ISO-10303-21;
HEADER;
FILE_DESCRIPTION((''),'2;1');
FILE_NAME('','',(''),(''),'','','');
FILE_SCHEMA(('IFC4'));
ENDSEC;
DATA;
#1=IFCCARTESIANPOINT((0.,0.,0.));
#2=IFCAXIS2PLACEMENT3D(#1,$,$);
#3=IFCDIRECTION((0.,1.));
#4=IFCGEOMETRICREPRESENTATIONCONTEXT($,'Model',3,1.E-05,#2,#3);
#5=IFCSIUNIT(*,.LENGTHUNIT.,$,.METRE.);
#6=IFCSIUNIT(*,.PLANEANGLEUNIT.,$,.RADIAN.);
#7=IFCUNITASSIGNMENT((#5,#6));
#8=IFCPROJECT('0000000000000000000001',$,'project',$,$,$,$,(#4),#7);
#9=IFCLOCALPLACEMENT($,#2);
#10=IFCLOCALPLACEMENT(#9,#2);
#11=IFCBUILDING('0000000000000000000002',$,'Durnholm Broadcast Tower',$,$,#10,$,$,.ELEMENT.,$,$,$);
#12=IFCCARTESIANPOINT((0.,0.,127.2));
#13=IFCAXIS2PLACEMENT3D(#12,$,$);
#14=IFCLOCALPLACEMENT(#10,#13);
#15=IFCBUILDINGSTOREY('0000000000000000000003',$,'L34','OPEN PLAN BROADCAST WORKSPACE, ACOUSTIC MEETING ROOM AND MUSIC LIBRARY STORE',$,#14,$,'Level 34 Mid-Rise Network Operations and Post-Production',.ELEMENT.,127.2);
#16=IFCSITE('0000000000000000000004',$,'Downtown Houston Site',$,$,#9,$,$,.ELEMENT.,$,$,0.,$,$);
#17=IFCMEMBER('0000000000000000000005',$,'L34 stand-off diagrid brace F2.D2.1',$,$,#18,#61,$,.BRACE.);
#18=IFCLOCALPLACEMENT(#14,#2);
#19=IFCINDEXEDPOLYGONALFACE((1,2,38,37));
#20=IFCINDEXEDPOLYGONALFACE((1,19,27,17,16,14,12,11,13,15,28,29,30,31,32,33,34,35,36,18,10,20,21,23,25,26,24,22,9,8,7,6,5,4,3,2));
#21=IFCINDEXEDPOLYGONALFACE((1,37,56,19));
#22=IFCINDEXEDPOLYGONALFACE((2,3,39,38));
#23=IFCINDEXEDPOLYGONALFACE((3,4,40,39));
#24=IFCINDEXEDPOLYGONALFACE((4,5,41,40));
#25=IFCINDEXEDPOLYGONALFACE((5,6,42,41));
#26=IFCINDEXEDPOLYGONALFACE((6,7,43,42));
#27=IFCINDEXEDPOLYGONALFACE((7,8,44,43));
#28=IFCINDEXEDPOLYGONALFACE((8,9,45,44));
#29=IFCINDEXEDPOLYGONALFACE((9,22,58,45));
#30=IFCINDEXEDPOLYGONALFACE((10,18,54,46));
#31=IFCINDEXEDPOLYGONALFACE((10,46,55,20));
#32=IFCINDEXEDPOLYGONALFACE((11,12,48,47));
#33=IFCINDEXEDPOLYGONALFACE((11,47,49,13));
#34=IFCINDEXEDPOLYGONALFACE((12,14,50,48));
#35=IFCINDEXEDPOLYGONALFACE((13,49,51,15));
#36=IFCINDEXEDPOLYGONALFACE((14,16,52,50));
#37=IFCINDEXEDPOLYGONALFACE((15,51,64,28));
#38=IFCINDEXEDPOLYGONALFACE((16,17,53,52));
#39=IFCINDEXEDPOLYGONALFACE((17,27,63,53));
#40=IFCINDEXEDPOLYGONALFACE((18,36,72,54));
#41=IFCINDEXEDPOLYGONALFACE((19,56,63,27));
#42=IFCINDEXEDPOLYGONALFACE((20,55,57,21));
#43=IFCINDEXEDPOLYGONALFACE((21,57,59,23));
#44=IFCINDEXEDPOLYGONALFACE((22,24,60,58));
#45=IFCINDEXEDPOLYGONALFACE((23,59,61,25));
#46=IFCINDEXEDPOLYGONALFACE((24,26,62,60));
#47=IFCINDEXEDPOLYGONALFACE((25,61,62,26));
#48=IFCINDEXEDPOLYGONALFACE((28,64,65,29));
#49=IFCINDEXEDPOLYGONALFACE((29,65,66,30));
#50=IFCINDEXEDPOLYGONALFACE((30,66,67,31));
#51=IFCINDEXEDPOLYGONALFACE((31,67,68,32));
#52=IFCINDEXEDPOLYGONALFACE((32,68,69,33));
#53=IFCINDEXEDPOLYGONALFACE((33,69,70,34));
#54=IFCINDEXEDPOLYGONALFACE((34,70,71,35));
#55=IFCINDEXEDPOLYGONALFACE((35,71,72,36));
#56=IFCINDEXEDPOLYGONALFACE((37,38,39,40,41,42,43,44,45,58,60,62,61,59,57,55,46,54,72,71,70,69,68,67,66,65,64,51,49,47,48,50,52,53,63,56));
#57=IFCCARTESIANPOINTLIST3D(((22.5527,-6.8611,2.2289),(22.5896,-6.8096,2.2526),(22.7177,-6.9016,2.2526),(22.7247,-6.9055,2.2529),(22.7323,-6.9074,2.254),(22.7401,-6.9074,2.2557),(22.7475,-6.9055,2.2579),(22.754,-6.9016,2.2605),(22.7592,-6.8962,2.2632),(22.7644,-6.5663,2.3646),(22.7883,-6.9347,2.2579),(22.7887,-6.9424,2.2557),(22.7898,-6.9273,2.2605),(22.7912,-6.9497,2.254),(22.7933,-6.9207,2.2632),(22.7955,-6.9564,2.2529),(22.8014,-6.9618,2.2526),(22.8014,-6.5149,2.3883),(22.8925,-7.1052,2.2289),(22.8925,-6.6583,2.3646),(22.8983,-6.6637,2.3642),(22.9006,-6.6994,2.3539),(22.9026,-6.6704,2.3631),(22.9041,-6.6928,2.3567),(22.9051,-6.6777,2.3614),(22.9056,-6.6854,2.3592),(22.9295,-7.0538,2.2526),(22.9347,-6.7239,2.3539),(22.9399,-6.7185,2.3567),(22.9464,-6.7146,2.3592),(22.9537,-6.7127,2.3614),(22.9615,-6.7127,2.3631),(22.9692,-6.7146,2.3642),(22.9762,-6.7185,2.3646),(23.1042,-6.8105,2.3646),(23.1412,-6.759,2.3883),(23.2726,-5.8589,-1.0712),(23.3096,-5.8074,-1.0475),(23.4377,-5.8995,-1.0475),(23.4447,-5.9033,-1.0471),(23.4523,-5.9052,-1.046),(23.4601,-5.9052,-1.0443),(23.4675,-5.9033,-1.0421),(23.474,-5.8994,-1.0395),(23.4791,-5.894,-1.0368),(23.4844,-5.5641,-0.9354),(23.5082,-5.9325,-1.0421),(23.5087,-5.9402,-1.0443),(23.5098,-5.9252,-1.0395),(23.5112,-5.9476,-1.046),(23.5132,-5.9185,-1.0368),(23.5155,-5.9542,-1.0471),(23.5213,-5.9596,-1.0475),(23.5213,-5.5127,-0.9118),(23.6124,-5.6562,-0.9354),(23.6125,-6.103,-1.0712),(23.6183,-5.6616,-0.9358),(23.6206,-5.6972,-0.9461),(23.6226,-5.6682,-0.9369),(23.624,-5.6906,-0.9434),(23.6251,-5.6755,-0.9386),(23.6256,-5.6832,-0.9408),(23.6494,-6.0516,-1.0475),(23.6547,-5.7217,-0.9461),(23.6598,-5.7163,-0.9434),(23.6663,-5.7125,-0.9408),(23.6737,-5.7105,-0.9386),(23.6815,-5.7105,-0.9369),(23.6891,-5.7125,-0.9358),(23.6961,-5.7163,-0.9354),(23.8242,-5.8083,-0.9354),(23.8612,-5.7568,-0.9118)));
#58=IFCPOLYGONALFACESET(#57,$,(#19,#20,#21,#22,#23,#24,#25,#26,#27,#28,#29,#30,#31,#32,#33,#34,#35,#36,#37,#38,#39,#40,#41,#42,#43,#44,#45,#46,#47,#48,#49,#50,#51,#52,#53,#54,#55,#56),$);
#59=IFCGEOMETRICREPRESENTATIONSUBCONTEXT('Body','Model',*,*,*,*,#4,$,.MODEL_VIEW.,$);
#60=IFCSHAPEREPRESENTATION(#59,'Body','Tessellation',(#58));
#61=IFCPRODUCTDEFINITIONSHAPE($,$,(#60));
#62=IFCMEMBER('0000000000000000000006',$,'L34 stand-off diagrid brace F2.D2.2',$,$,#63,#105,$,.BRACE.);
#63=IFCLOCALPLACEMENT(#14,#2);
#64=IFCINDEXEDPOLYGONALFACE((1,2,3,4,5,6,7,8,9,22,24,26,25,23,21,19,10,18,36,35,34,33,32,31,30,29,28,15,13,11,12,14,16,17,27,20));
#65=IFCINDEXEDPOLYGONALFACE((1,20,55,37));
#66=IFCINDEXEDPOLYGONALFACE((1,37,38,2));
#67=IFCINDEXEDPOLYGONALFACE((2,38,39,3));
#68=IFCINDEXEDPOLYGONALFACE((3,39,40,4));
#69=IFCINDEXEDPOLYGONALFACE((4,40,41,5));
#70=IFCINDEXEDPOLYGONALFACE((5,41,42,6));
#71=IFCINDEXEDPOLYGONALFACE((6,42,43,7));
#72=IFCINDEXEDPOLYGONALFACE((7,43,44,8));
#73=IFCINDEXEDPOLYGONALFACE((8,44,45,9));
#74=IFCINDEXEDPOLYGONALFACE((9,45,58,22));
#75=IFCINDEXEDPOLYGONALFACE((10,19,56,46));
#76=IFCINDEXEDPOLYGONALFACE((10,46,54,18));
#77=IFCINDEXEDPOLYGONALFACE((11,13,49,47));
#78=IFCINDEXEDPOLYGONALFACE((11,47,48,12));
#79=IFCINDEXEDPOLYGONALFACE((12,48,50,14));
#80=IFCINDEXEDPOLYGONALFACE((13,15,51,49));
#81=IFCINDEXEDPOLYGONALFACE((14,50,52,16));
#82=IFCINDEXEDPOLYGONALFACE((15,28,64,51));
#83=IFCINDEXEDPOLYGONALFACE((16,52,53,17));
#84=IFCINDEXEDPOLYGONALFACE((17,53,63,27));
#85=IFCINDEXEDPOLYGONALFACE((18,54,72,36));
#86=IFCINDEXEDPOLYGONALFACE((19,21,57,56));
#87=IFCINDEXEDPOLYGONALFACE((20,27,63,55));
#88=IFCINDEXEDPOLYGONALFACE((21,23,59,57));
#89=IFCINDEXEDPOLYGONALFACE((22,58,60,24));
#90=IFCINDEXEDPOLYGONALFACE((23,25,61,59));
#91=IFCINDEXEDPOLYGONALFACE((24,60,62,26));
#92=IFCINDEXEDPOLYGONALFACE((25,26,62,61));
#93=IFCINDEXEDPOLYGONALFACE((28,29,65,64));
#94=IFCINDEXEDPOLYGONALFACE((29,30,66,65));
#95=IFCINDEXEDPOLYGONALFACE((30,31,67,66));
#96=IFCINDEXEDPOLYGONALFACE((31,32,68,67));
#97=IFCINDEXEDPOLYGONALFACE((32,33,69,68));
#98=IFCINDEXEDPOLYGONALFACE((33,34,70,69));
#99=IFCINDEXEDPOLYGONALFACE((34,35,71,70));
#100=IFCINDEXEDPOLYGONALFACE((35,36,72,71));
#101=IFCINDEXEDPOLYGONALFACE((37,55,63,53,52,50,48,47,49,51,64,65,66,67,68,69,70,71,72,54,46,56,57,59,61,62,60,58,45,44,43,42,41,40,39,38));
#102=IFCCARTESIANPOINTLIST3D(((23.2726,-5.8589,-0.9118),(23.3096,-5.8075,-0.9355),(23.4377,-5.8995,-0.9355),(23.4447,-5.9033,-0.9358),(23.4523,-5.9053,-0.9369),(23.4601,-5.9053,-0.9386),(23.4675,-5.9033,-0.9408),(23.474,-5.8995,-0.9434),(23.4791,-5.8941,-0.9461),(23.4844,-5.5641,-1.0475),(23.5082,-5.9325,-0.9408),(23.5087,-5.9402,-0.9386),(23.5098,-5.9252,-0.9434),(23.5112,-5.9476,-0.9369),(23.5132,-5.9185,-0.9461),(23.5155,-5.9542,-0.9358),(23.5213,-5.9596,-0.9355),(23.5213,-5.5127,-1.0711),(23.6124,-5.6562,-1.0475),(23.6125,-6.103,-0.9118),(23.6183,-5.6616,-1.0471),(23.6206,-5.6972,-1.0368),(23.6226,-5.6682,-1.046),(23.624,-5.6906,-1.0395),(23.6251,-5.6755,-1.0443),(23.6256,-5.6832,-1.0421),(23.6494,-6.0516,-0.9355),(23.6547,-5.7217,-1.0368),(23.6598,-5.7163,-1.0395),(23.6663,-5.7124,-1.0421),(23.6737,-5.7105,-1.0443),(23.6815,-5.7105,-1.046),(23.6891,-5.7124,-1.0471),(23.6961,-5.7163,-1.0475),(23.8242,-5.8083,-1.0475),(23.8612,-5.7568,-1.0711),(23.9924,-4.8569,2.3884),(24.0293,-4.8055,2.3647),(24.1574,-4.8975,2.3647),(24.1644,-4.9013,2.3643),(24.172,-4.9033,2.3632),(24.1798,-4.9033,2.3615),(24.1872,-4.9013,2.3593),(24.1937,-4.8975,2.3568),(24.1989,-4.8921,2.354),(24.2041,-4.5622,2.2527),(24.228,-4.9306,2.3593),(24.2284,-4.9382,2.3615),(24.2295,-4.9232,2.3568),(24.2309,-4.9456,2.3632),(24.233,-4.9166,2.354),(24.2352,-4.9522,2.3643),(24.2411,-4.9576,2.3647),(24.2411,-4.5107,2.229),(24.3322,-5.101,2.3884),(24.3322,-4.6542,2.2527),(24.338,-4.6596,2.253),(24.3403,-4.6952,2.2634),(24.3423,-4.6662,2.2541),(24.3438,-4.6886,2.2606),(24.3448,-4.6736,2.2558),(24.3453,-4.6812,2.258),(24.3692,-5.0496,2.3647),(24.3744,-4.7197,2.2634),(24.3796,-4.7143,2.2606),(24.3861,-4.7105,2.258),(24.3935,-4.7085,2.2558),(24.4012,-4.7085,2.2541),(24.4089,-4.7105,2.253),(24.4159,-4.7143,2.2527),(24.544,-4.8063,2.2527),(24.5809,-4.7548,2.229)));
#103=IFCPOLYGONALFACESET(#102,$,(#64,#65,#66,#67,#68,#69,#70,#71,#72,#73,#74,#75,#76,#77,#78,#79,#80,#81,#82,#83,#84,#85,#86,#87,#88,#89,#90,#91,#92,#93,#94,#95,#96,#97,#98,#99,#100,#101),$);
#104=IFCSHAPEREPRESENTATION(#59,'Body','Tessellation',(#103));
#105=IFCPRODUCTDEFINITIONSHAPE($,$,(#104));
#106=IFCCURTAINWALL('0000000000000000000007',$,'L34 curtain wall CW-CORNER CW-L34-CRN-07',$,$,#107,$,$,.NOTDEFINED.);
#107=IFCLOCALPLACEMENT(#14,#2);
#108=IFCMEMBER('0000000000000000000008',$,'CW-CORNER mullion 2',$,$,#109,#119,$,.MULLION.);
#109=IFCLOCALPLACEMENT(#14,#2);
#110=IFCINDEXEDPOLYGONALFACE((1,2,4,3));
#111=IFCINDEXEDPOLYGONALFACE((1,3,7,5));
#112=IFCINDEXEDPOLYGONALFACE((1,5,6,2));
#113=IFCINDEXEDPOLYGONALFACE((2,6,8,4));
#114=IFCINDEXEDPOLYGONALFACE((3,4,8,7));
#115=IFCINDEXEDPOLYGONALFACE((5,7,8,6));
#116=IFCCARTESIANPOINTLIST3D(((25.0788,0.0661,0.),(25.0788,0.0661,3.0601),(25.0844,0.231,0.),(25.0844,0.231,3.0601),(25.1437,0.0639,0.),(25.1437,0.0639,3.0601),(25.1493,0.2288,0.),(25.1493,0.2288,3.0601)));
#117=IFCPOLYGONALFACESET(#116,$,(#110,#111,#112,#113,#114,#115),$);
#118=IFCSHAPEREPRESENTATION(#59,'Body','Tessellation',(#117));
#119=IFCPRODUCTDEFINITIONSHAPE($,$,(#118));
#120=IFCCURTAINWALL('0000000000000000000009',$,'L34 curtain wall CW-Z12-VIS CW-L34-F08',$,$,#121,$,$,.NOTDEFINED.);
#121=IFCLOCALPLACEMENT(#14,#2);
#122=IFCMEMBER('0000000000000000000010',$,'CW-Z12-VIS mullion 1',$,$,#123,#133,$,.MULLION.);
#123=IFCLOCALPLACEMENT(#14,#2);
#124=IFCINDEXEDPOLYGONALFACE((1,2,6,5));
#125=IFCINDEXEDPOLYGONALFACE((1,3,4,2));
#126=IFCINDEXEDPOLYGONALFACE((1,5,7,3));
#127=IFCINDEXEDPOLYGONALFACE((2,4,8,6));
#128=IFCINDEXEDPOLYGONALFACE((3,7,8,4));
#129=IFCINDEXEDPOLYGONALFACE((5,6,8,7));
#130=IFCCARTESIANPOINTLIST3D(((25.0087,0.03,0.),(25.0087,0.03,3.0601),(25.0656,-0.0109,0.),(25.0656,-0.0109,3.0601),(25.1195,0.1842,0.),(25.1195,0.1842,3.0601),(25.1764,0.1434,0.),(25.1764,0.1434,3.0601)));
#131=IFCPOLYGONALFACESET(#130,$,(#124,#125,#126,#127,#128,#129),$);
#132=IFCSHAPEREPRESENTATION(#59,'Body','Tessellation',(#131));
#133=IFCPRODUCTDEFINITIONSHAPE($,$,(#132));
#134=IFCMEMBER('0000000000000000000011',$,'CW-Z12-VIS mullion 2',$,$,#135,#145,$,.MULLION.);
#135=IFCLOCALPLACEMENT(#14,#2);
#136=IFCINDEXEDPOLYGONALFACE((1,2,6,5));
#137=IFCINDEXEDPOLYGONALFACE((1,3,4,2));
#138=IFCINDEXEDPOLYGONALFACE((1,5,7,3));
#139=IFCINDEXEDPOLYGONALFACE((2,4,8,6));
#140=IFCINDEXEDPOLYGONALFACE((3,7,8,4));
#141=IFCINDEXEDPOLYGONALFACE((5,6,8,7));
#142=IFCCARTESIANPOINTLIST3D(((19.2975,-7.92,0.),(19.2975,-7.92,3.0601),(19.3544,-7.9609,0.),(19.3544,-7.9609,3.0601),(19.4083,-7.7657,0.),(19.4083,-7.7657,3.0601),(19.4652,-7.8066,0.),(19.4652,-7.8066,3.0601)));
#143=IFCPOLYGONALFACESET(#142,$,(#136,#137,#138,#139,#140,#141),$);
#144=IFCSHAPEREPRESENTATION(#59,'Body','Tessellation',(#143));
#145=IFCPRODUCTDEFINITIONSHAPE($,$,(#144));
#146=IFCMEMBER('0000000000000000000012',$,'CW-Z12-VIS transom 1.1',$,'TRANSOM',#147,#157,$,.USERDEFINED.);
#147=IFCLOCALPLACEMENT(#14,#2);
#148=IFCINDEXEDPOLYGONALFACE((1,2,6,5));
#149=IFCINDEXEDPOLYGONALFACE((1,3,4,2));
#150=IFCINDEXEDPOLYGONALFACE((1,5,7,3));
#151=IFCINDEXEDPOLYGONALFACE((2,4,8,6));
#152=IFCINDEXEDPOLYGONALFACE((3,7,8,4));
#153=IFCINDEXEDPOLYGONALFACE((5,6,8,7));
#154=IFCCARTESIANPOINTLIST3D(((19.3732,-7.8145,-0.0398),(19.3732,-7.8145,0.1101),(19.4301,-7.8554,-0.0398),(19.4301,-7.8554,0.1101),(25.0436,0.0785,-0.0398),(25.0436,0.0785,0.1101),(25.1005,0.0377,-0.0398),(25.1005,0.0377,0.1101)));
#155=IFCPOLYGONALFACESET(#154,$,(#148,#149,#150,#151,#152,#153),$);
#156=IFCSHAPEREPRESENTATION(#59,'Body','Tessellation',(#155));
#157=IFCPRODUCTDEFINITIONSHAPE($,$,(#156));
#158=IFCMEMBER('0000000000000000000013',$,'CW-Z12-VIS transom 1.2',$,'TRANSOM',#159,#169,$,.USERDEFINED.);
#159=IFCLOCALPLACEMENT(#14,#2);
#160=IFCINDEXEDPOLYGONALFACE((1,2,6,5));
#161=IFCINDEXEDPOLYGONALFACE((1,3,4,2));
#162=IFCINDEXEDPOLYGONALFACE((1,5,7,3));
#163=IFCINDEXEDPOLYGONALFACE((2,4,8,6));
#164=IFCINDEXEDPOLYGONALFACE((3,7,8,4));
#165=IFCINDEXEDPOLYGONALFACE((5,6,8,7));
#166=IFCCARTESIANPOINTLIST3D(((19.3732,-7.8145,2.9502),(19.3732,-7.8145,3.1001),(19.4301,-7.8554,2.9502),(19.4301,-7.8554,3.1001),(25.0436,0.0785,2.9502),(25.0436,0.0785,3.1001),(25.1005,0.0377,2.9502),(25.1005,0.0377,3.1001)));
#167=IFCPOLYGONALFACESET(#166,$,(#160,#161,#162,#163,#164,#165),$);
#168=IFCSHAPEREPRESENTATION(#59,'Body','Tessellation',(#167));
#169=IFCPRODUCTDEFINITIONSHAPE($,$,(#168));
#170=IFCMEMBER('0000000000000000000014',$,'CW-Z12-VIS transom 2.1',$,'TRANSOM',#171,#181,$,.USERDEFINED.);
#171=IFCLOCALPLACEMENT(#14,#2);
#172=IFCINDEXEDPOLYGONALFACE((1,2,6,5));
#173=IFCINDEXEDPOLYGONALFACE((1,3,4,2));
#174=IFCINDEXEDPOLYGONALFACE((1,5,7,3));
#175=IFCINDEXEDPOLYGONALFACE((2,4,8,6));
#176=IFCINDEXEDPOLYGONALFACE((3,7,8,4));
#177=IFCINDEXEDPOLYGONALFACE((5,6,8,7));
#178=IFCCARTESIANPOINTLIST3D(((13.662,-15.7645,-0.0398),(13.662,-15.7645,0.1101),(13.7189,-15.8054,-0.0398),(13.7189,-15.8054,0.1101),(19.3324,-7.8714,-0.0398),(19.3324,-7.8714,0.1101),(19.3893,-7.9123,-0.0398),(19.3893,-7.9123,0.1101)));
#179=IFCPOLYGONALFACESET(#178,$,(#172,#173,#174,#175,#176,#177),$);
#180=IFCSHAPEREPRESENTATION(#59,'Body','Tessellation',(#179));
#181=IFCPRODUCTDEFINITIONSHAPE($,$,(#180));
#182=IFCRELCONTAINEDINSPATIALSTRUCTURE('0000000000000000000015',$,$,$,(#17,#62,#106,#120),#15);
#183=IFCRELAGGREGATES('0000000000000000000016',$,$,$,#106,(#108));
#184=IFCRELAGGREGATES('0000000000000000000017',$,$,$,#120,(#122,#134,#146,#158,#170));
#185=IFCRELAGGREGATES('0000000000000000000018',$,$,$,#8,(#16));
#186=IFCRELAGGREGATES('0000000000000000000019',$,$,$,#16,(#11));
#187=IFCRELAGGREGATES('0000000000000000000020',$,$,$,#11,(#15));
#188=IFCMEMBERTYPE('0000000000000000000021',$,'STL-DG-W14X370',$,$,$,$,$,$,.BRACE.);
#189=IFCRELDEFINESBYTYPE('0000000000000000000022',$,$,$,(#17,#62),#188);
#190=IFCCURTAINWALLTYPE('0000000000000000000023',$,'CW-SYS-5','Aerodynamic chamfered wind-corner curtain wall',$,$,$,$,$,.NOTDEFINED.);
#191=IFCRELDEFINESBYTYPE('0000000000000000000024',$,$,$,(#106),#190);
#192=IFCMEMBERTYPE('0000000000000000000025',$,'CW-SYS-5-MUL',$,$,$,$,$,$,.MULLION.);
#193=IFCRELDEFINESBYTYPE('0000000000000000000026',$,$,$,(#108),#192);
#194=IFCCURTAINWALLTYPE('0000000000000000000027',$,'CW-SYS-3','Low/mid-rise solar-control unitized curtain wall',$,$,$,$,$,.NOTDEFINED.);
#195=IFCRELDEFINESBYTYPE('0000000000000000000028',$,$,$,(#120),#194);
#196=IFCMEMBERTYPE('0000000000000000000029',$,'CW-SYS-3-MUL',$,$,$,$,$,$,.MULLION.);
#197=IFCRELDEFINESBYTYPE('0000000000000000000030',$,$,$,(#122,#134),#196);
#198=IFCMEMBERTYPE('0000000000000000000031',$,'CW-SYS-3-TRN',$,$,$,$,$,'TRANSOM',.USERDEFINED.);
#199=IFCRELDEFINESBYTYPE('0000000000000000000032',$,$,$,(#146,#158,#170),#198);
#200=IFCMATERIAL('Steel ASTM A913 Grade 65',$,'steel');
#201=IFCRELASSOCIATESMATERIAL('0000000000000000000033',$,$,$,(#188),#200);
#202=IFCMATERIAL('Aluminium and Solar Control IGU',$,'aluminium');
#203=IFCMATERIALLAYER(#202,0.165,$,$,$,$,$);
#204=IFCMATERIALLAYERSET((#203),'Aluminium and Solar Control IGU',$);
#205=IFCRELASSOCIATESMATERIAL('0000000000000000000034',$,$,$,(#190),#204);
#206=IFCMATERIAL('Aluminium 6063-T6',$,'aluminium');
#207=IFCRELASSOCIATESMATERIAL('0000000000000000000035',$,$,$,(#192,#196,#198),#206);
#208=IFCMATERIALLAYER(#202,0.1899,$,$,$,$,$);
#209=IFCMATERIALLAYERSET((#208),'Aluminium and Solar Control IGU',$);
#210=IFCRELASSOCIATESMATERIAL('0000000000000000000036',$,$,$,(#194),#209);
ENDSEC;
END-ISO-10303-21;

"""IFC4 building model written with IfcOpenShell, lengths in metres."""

from ifc_helpers import new_model, si_unit, direction, frame, origin, origin_2d, place, context, subcontext, project, spatial, rectangle, i_section, extrude, source, transform, mapped, material, layer, layer_set, material_profile, profile_set, type_object, type_shapes, element, aggregate, save


model = new_model("IFC4")

# Units and contexts
model_context = context("Model", 3, precision=1e-05, world=origin(), true_north=direction((0.0, 1.0)))
body_context = subcontext(model_context, "Body", "Model", "MODEL_VIEW")
ifc_project = project(units=[si_unit("LENGTHUNIT", "METRE"), si_unit("PLANEANGLEUNIT", "RADIAN")], contexts=[model_context])

# Site, building, storey
site_placement = place(None, origin())
site = spatial("IfcSite", under=ifc_project, at=site_placement, Name="Downtown Houston Site", CompositionType="ELEMENT", RefElevation=0.0)
building_placement = place(site_placement, origin())
building = spatial("IfcBuilding", under=site, at=building_placement, Name="Durnholm Broadcast Tower", CompositionType="ELEMENT")
storey_placement = place(building_placement, frame((0.0, 0.0, 127.2)))
storey = spatial("IfcBuildingStorey", under=building, at=storey_placement, Name="L34", Description="OPEN PLAN BROADCAST WORKSPACE, ACOUSTIC MEETING ROOM AND MUSIC LIBRARY STORE", LongName="Level 34 Mid-Rise Network Operations and Post-Production", CompositionType="ELEMENT", Elevation=127.2)

# Members
ifc_material_1 = material(Name="Steel ASTM A913 Grade 65", Category="steel")
ifc_material_profile_1 = material_profile(ifc_material_1, i_section(OverallWidth=0.4185, OverallDepth=0.4551, WebThickness=0.042, FlangeThickness=0.0676, FilletRadius=0.0305, at=origin_2d()), Name="W14X370")
ifc_profile_set_1 = profile_set([ifc_material_profile_1], Name="Steel ASTM A913 Grade 65")
member_type_1 = type_object("IfcMemberType", Name="STL-DG-W14X370", PredefinedType="BRACE", material=ifc_profile_set_1)
shared_shape_1 = source(origin(), body_context, "Body", "SweptSolid", [
    extrude(i_section(OverallWidth=0.4185, OverallDepth=0.4551, WebThickness=0.042, FlangeThickness=0.0676, FilletRadius=0.0305, at=origin_2d()), origin(), (0.0, 0.0, 1.0), 3.5232),
])
type_shapes(member_type_1, [shared_shape_1])
for number, where, z_axis, x_axis, name in (
    (1, (23.5669, -5.8079, -0.9915), (-0.20435, -0.284455, 0.936657), (0.812153, -0.583444, 0.0), "L34 stand-off diagrid brace F2.D2.1"),
    (2, (23.5669, -5.8079, -0.9915), (0.204288, 0.284395, 0.936689), (-0.812179, 0.583408, 0.0), "L34 stand-off diagrid brace F2.D2.2"),
):
    element("IfcMember", number, at=place(storey_placement, frame(where, z_axis=z_axis, x_axis=x_axis)), inside=storey, type_object=member_type_1, Name=name, PredefinedType="BRACE", context=body_context, shape_type="MappedRepresentation", body=[
        mapped(shared_shape_1, transform((0.0, 0.0, 0.0), x_axis=(1.0, 0.0, 0.0), y_axis=(0.0, 1.0, 0.0), z_axis=(0.0, 0.0, 1.0), scale=1.0)),
    ])

# Curtain wall, member
ifc_material_2 = material(Name="Aluminium and Solar Control IGU", Category="aluminium")
ifc_layer_1 = layer(ifc_material_2, 0.165)
ifc_layer_set_1 = layer_set([ifc_layer_1], Name="Aluminium and Solar Control IGU")
curtain_wall_type_1 = type_object("IfcCurtainWallType", Name="CW-SYS-5", Description="Aerodynamic chamfered wind-corner curtain wall", PredefinedType="NOTDEFINED", material=ifc_layer_set_1)
curtain_wall_1_placement = place(storey_placement, origin())
curtain_wall_1 = element("IfcCurtainWall", 3, at=curtain_wall_1_placement, inside=storey, type_object=curtain_wall_type_1, Name="L34 curtain wall CW-CORNER CW-L34-CRN-07", PredefinedType="NOTDEFINED")
ifc_material_3 = material(Name="Aluminium 6063-T6", Category="aluminium")
ifc_material_profile_2 = material_profile(ifc_material_3, rectangle(XDim=0.0649, YDim=0.165, at=origin_2d()), Name="CWM65X165")
ifc_profile_set_2 = profile_set([ifc_material_profile_2], Name="Aluminium 6063-T6")
member_type_2 = type_object("IfcMemberType", Name="CW-SYS-5-MUL", PredefinedType="MULLION", material=ifc_profile_set_2)
shared_shape_2 = source(origin(), body_context, "Body", "SweptSolid", [
    extrude(rectangle(XDim=0.0649, YDim=0.165, at=origin_2d()), origin(), (0.0, 0.0, 1.0), 3.0601),
])
type_shapes(member_type_2, [shared_shape_2])
member_1_placement = place(storey_placement, frame((25.114, 0.1475, 0.0), z_axis=(0.0, 0.0, 1.0), x_axis=(0.999425, -0.033917, 0.0)))
member_1 = element("IfcMember", 4, at=member_1_placement, type_object=member_type_2, Name="CW-CORNER mullion 2", PredefinedType="MULLION", context=body_context, shape_type="MappedRepresentation", body=[
    mapped(shared_shape_2, transform((0.0, 0.0, 0.0), x_axis=(1.0, 0.0, 0.0), y_axis=(0.0, 1.0, 0.0), z_axis=(0.0, 0.0, 1.0), scale=1.0)),
])
aggregate(curtain_wall_1, [member_1])

# Curtain wall, members
ifc_layer_2 = layer(ifc_material_2, 0.1899)
ifc_layer_set_2 = layer_set([ifc_layer_2], Name="Aluminium and Solar Control IGU")
curtain_wall_type_2 = type_object("IfcCurtainWallType", Name="CW-SYS-3", Description="Low/mid-rise solar-control unitized curtain wall", PredefinedType="NOTDEFINED", material=ifc_layer_set_2)
curtain_wall_2_placement = place(storey_placement, origin())
curtain_wall_2 = element("IfcCurtainWall", 5, at=curtain_wall_2_placement, inside=storey, type_object=curtain_wall_type_2, Name="L34 curtain wall CW-Z12-VIS CW-L34-F08", PredefinedType="NOTDEFINED")
ifc_material_profile_3 = material_profile(ifc_material_3, rectangle(XDim=0.0701, YDim=0.1899, at=origin_2d()), Name="CWM70X190")
ifc_profile_set_3 = profile_set([ifc_material_profile_3], Name="Aluminium 6063-T6")
member_type_3 = type_object("IfcMemberType", Name="CW-SYS-3-MUL", PredefinedType="MULLION", material=ifc_profile_set_3)
shared_shape_3 = source(origin(), body_context, "Body", "SweptSolid", [
    extrude(rectangle(XDim=0.0701, YDim=0.1899, at=origin_2d()), origin(), (0.0, 0.0, 1.0), 3.0601),
])
type_shapes(member_type_3, [shared_shape_3])
member_2_placement = place(storey_placement, frame((25.0925, 0.0867, 0.0), z_axis=(0.0, 0.0, 1.0), x_axis=(0.812152, -0.583445, 0.0)))
member_2 = element("IfcMember", 6, at=member_2_placement, type_object=member_type_3, Name="CW-Z12-VIS mullion 1", PredefinedType="MULLION", context=body_context, shape_type="MappedRepresentation", body=[
    mapped(shared_shape_3, transform((0.0, 0.0, 0.0), x_axis=(1.0, 0.0, 0.0), y_axis=(0.0, 1.0, 0.0), z_axis=(0.0, 0.0, 1.0), scale=1.0)),
])
member_3_placement = place(storey_placement, frame((19.3813, -7.8633, 0.0), z_axis=(0.0, 0.0, 1.0), x_axis=(0.812152, -0.583445, 0.0)))
member_3 = element("IfcMember", 7, at=member_3_placement, type_object=member_type_3, Name="CW-Z12-VIS mullion 2", PredefinedType="MULLION", context=body_context, shape_type="MappedRepresentation", body=[
    mapped(shared_shape_3, transform((0.0, 0.0, 0.0), x_axis=(1.0, 0.0, 0.0), y_axis=(0.0, 1.0, 0.0), z_axis=(0.0, 0.0, 1.0), scale=1.0)),
])
ifc_material_profile_4 = material_profile(ifc_material_3, rectangle(XDim=0.0701, YDim=0.1499, at=origin_2d()), Name="CWT70X150")
ifc_profile_set_4 = profile_set([ifc_material_profile_4], Name="Aluminium 6063-T6")
member_type_4 = type_object("IfcMemberType", Name="CW-SYS-3-TRN", ElementType="TRANSOM", PredefinedType="USERDEFINED", material=ifc_profile_set_4)
shared_shape_4 = source(origin(), body_context, "Body", "SweptSolid", [
    extrude(rectangle(XDim=0.0701, YDim=0.1499, at=origin_2d()), origin(), (0.0, 0.0, 1.0), 9.7188),
])
type_shapes(member_type_4, [shared_shape_4])
member_4_placement = place(storey_placement, frame((25.072, 0.0581, 0.0352), z_axis=(-0.583451, -0.812149, 0.0), x_axis=(0.812149, -0.583451, 0.0)))
member_4 = element("IfcMember", 8, at=member_4_placement, type_object=member_type_4, Name="CW-Z12-VIS transom 1.1", ObjectType="TRANSOM", PredefinedType="USERDEFINED", context=body_context, shape_type="MappedRepresentation", body=[
    mapped(shared_shape_4, transform((0.0, 0.0, 0.0), x_axis=(1.0, 0.0, 0.0), y_axis=(0.0, 1.0, 0.0), z_axis=(0.0, 0.0, 1.0), scale=1.0)),
])
member_5_placement = place(storey_placement, frame((25.072, 0.0581, 3.0251), z_axis=(-0.583451, -0.812149, 0.0), x_axis=(0.812149, -0.583451, 0.0)))
member_5 = element("IfcMember", 9, at=member_5_placement, type_object=member_type_4, Name="CW-Z12-VIS transom 1.2", ObjectType="TRANSOM", PredefinedType="USERDEFINED", context=body_context, shape_type="MappedRepresentation", body=[
    mapped(shared_shape_4, transform((0.0, 0.0, 0.0), x_axis=(1.0, 0.0, 0.0), y_axis=(0.0, 1.0, 0.0), z_axis=(0.0, 0.0, 1.0), scale=1.0)),
])
member_6_placement = place(storey_placement, frame((19.3608, -7.8918, 0.0352), z_axis=(-0.583451, -0.812149, 0.0), x_axis=(0.812149, -0.583451, 0.0)))
member_6 = element("IfcMember", 10, at=member_6_placement, type_object=member_type_4, Name="CW-Z12-VIS transom 2.1", ObjectType="TRANSOM", PredefinedType="USERDEFINED", context=body_context, shape_type="MappedRepresentation", body=[
    mapped(shared_shape_4, transform((0.0, 0.0, 0.0), x_axis=(1.0, 0.0, 0.0), y_axis=(0.0, 1.0, 0.0), z_axis=(0.0, 0.0, 1.0), scale=1.0)),
])
aggregate(curtain_wall_2, [member_2, member_3, member_4, member_5, member_6])

save(model, "model.ifc")
